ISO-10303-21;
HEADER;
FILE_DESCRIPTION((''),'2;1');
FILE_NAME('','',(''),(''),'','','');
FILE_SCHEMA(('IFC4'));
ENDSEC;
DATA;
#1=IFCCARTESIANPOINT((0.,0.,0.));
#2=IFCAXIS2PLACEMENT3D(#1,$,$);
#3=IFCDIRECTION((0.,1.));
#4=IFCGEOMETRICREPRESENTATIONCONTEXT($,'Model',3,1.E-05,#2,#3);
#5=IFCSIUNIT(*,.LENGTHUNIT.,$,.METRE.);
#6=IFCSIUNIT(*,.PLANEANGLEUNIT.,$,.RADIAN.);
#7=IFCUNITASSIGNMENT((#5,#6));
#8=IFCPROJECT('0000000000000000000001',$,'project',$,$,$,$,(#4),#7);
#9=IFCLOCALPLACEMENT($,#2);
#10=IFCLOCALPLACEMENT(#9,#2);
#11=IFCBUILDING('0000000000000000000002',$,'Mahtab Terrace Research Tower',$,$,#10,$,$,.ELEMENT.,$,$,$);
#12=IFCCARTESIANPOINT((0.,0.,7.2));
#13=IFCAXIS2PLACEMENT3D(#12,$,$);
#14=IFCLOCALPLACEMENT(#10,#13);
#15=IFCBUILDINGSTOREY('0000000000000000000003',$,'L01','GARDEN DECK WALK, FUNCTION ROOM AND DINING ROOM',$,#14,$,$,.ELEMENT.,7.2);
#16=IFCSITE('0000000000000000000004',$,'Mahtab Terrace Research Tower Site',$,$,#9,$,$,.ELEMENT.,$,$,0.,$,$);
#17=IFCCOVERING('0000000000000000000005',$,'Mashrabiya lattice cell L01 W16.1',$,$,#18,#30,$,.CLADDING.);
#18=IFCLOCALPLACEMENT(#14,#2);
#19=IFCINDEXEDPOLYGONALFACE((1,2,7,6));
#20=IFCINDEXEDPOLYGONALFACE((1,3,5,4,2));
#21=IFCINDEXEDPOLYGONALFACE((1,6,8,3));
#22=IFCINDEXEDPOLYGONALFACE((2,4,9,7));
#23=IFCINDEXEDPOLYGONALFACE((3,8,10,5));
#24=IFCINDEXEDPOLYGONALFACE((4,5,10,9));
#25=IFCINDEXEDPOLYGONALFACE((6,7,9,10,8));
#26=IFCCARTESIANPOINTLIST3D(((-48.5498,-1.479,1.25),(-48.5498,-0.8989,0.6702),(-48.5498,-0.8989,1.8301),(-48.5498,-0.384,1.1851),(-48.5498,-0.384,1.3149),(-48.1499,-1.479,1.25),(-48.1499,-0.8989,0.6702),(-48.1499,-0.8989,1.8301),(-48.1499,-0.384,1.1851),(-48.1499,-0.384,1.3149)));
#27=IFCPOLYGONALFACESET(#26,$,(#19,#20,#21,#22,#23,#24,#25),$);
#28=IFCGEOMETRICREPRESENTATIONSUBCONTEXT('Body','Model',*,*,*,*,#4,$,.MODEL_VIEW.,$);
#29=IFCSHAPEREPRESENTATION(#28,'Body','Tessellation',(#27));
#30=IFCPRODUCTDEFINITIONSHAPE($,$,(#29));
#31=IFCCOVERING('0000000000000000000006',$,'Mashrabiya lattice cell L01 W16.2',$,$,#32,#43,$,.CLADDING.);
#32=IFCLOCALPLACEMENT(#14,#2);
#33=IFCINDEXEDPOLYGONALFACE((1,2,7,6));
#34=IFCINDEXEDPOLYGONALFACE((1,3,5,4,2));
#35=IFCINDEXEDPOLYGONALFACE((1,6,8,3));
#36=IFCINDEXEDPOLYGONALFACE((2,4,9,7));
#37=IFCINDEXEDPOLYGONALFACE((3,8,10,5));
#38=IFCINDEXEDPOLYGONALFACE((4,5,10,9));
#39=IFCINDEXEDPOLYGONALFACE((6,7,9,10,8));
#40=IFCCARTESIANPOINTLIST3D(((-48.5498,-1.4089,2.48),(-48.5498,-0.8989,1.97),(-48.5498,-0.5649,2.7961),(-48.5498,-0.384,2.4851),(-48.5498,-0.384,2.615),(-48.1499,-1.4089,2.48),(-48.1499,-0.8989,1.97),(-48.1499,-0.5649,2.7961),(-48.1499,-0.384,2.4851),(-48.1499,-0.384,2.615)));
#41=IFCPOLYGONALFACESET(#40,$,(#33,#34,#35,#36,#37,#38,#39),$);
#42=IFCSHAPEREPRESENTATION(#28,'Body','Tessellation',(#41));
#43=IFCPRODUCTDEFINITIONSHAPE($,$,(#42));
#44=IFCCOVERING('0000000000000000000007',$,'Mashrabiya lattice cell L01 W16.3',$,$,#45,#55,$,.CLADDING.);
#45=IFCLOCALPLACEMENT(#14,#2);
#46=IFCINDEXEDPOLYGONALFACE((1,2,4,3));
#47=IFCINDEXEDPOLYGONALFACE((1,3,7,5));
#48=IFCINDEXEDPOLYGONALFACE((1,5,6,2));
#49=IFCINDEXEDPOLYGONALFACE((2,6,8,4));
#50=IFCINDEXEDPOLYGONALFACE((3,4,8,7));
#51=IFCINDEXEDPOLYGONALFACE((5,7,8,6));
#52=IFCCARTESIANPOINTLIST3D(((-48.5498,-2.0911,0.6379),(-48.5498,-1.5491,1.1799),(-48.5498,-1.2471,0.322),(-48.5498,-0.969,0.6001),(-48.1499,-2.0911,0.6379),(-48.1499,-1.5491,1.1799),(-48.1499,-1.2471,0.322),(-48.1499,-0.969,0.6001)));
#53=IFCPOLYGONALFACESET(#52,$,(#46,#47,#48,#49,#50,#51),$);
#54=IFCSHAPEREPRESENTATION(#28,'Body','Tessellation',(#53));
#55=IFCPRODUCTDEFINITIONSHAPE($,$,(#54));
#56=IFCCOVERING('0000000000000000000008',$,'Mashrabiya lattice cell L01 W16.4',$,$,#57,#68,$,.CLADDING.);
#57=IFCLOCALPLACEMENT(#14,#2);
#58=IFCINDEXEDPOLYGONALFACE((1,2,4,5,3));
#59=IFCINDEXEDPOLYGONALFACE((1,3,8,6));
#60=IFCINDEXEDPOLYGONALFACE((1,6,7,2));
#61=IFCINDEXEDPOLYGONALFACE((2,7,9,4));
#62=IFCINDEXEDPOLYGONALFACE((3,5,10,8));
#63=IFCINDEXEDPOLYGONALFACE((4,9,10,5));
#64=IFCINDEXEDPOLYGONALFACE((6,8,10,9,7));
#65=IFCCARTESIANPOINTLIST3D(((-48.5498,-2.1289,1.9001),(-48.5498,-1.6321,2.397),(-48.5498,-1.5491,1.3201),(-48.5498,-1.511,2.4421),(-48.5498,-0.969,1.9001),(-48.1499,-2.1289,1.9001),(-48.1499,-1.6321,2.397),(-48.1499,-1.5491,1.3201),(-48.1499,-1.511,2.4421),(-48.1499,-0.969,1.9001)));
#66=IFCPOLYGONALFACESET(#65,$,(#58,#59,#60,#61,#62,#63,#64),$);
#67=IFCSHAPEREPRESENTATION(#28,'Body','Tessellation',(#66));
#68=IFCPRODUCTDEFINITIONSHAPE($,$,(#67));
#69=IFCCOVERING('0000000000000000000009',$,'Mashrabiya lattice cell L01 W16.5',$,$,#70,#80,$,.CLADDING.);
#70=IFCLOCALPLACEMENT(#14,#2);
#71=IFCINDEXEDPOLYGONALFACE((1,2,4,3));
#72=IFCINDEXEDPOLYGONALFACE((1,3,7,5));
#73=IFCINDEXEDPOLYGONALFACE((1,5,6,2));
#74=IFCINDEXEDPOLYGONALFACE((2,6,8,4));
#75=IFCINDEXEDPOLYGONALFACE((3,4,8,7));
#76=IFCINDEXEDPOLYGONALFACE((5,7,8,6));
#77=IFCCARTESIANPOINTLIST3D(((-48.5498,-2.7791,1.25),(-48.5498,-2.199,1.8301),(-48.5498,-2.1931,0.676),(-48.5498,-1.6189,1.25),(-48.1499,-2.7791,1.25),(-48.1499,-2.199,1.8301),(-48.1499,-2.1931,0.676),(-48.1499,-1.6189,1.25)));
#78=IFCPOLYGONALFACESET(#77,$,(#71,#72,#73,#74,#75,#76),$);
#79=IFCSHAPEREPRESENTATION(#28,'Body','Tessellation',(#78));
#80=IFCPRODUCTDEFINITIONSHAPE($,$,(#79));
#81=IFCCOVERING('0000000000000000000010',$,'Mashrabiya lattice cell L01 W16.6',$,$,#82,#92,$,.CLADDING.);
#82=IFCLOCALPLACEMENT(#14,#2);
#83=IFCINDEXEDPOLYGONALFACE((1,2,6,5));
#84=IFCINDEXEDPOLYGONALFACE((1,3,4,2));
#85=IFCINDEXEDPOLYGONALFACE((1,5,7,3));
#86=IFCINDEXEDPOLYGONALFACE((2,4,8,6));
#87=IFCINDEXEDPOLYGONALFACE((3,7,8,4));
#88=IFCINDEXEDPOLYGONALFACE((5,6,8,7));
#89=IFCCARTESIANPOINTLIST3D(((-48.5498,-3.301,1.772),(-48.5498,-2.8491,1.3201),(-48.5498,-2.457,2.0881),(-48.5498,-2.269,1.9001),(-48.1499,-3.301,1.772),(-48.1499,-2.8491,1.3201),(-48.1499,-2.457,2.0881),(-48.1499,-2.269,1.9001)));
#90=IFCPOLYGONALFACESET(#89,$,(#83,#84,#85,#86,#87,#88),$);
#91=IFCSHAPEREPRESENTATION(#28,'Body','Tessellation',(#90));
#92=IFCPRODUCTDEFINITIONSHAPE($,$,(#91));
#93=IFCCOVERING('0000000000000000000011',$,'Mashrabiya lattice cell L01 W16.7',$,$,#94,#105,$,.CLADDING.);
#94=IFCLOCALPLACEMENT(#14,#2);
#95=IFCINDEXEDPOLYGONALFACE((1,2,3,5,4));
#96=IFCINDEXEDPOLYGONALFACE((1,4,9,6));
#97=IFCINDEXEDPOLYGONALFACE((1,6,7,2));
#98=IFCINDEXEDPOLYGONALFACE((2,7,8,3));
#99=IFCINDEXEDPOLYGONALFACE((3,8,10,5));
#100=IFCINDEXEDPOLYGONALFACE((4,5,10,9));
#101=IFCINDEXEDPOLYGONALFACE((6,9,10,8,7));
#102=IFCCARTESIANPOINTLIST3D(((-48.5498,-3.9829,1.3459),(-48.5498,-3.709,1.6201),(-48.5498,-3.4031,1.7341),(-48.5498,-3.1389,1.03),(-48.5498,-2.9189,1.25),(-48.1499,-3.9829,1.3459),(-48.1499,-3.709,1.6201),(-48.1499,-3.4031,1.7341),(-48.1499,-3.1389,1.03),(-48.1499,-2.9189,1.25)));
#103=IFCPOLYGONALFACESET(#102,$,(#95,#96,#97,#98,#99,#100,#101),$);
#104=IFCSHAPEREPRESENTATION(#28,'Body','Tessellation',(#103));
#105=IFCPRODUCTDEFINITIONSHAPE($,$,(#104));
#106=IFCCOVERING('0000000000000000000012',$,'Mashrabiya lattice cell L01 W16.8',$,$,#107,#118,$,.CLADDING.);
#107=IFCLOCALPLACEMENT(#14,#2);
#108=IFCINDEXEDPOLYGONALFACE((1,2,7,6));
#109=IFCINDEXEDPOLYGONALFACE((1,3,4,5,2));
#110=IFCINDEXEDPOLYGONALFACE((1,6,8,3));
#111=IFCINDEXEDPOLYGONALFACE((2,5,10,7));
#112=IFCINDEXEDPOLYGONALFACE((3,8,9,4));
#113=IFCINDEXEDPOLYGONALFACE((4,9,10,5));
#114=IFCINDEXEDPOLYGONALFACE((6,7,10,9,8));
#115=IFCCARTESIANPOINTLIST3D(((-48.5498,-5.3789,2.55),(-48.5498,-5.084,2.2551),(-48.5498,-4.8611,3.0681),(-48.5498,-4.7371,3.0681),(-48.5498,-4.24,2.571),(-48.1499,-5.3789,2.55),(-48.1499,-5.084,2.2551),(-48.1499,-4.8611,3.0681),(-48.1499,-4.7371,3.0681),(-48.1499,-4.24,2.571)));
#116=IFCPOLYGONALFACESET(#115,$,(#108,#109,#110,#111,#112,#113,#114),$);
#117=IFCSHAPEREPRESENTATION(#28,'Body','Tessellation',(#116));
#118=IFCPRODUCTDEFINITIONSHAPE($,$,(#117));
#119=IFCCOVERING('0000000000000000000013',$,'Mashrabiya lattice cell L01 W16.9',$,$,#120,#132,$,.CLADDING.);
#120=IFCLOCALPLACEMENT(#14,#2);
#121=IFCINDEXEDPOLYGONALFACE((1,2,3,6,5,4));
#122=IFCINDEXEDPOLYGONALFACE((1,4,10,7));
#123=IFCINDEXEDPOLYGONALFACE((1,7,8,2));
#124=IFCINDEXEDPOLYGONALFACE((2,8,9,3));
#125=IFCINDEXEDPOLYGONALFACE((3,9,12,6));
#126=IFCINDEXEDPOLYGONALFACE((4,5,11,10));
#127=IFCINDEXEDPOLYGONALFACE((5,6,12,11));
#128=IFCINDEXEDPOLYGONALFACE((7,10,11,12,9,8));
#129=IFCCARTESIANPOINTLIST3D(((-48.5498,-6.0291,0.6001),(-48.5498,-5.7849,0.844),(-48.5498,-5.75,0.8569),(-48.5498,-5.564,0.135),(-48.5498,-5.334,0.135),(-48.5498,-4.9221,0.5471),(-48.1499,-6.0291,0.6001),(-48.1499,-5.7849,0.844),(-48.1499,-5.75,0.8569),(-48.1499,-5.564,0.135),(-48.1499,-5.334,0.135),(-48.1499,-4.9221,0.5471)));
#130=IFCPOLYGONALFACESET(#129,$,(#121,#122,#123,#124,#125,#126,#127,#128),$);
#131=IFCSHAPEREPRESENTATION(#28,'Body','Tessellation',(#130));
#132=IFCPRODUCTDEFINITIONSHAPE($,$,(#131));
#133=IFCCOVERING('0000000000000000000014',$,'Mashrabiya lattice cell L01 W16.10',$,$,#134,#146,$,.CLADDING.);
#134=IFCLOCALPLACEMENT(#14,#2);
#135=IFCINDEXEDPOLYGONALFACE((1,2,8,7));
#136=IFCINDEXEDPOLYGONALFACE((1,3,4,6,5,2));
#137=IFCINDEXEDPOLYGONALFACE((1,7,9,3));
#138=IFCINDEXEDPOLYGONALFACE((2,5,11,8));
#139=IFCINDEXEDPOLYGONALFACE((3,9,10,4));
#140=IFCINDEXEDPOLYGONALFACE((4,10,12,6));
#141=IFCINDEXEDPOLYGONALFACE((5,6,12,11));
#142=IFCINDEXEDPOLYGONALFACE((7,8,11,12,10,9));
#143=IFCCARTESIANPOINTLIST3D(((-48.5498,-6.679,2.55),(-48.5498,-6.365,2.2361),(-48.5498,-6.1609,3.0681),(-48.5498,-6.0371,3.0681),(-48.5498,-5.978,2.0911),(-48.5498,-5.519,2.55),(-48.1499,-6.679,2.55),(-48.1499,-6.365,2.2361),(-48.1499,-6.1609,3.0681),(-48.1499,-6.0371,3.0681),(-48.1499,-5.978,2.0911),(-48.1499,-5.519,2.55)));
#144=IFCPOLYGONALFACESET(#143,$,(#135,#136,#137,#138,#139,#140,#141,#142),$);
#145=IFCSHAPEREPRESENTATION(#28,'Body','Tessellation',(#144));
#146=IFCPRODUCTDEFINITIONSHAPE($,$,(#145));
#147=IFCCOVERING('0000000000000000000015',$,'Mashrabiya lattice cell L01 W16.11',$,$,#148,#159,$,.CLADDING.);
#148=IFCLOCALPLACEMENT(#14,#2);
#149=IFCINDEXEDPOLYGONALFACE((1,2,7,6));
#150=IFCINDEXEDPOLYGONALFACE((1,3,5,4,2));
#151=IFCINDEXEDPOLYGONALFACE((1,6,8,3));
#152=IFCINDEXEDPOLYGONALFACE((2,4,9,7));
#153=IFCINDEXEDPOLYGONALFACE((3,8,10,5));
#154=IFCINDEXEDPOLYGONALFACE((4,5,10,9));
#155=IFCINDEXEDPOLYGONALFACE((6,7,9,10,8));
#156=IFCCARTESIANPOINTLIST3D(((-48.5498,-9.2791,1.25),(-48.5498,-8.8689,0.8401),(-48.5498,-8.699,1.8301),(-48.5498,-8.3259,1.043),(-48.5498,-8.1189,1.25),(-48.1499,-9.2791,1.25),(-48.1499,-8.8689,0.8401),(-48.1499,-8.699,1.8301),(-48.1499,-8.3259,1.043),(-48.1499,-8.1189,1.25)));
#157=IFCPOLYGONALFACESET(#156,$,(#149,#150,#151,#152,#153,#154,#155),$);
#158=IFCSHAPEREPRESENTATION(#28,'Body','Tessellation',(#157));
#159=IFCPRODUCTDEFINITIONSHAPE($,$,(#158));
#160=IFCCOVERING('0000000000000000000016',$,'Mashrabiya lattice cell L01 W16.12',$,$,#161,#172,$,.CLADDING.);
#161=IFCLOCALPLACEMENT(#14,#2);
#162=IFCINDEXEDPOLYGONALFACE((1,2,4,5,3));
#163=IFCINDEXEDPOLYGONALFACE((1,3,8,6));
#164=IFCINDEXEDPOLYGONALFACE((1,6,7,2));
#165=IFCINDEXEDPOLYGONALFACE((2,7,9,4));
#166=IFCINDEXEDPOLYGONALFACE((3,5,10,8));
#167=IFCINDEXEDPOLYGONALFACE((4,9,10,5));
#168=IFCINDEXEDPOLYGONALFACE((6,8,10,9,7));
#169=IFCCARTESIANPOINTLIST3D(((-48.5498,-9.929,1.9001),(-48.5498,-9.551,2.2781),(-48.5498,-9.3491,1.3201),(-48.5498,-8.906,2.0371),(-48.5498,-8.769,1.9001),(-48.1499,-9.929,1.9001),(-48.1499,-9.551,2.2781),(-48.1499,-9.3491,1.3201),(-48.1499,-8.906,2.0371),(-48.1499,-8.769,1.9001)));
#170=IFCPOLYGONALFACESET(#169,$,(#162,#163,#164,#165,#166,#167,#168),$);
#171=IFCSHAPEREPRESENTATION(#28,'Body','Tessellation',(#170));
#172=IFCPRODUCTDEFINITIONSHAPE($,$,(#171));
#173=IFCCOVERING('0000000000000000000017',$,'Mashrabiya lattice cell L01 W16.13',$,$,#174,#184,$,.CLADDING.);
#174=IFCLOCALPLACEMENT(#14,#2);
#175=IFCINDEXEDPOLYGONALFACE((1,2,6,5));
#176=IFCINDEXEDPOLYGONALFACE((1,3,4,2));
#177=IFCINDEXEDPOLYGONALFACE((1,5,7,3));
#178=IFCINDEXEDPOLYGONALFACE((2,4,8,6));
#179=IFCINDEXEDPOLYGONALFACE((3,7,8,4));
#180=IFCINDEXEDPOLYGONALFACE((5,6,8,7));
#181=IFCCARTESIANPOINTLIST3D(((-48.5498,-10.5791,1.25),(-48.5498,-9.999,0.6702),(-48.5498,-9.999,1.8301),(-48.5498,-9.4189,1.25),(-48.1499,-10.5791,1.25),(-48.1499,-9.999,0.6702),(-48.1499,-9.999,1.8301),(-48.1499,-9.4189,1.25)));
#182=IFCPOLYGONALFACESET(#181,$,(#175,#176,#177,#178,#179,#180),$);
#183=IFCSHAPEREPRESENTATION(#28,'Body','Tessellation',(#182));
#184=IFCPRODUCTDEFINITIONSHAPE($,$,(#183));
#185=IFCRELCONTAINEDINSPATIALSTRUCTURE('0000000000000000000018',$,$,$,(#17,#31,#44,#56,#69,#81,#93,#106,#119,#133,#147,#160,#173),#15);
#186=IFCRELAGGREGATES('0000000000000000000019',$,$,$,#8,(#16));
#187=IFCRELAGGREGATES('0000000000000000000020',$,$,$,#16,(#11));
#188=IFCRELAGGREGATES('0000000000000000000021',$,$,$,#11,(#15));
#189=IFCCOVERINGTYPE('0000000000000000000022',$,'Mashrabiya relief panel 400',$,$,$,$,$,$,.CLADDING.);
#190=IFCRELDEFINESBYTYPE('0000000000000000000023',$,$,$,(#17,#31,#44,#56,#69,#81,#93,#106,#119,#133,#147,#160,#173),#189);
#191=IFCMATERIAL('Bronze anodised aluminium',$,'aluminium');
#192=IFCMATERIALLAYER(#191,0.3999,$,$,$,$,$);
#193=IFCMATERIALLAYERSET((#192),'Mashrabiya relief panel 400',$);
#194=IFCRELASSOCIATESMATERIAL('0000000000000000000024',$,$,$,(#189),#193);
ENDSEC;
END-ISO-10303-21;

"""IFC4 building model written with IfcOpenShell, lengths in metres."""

from ifc_helpers import new_model, si_unit, direction, frame, origin, place, context, subcontext, project, spatial, polyline, outline, extrude, material, layer, layer_set, type_object, element, save


model = new_model("IFC4")

# Units and contexts
model_context = context("Model", 3, precision=1e-05, world=origin(), true_north=direction((0.0, 1.0)))
body_context = subcontext(model_context, "Body", "Model", "MODEL_VIEW")
ifc_project = project(units=[si_unit("LENGTHUNIT", "METRE"), si_unit("PLANEANGLEUNIT", "RADIAN")], contexts=[model_context])

# Site, building, storey
site_placement = place(None, origin())
site = spatial("IfcSite", under=ifc_project, at=site_placement, Name="Mahtab Terrace Research Tower Site", CompositionType="ELEMENT", RefElevation=0.0)
building_placement = place(site_placement, origin())
building = spatial("IfcBuilding", under=site, at=building_placement, Name="Mahtab Terrace Research Tower", CompositionType="ELEMENT")
storey_placement = place(building_placement, frame((0.0, 0.0, 7.2)))
storey = spatial("IfcBuildingStorey", under=building, at=storey_placement, Name="L01", Description="GARDEN DECK WALK, FUNCTION ROOM AND DINING ROOM", CompositionType="ELEMENT", Elevation=7.2)

# Coverings
ifc_material_1 = material(Name="Bronze anodised aluminium", Category="aluminium")
ifc_layer_1 = layer(ifc_material_1, 0.3999)
ifc_layer_set_1 = layer_set([ifc_layer_1], Name="Mashrabiya relief panel 400")
covering_type_1 = type_object("IfcCoveringType", Name="Mashrabiya relief panel 400", PredefinedType="CLADDING", material=ifc_layer_set_1)
covering_1_placement = place(storey_placement, frame((-48.1499, -0.8989, 1.8301), z_axis=(1.0, 0.0, 0.0), x_axis=(0.0, -0.707107, -0.707107)))
element("IfcCovering", 1, at=covering_1_placement, inside=storey, type_object=covering_type_1, Name="Mashrabiya lattice cell L01 W16.1", PredefinedType="CLADDING", context=body_context, shape_type="SweptSolid", body=[
    extrude(outline(polyline([(0.0, 0.0), (0.8204, 0.0), (0.8202, 0.8202), (0.092, 0.8202), (0.0002, 0.7283), (0.0, 0.0)])), origin(), (0.0, 0.0, -1.0), 0.3999),
])
covering_2_placement = place(storey_placement, frame((-48.1499, -0.8989, 1.97), z_axis=(1.0, 0.0, 0.0), x_axis=(0.0, 0.706939, 0.707274)))
element("IfcCovering", 2, at=covering_2_placement, inside=storey, type_object=covering_type_1, Name="Mashrabiya lattice cell L01 W16.2", PredefinedType="CLADDING", context=body_context, shape_type="SweptSolid", body=[
    extrude(outline(polyline([(0.0, 0.0), (0.7283, 0.0), (0.8202, 0.0918), (0.8204, 0.3478), (0.0002, 0.7213), (0.0, 0.0)])), origin(), (0.0, 0.0, -1.0), 0.3999),
])
covering_3_placement = place(storey_placement, frame((-48.1499, -0.969, 0.6001), z_axis=(1.0, 0.0, 0.0), x_axis=(0.0, -0.707256, 0.706958)))
element("IfcCovering", 3, at=covering_3_placement, inside=storey, type_object=covering_type_1, Name="Mashrabiya lattice cell L01 W16.3", PredefinedType="CLADDING", context=body_context, shape_type="SweptSolid", body=[
    extrude(outline(polyline([(0.0, 0.0), (0.8202, 0.0), (0.8203, 0.7665), (0.0001, 0.3933), (0.0, 0.0)])), origin(), (0.0, 0.0, -1.0), 0.3999),
])
covering_4_placement = place(storey_placement, frame((-48.1499, -2.1289, 1.9001), z_axis=(1.0, 0.0, 0.0), x_axis=(0.0, 0.706958, -0.707256)))
element("IfcCovering", 4, at=covering_4_placement, inside=storey, type_object=covering_type_1, Name="Mashrabiya lattice cell L01 W16.4", PredefinedType="CLADDING", context=body_context, shape_type="SweptSolid", body=[
    extrude(outline(polyline([(0.0, 0.0), (0.8202, 0.0), (0.82, 0.8204), (0.0535, 0.8202), (-0.0001, 0.7026), (0.0, 0.0)])), origin(), (0.0, 0.0, -1.0), 0.3999),
])
covering_5_placement = place(storey_placement, frame((-48.1499, -1.6189, 1.25), z_axis=(1.0, 0.0, 0.0), x_axis=(0.0, -0.707107, 0.707107)))
element("IfcCovering", 5, at=covering_5_placement, inside=storey, type_object=covering_type_1, Name="Mashrabiya lattice cell L01 W16.5", PredefinedType="CLADDING", context=body_context, shape_type="SweptSolid", body=[
    extrude(outline(polyline([(0.0, 0.0), (0.8204, 0.0), (0.8204, 0.8204), (0.0002, 0.8119), (0.0, 0.0)])), origin(), (0.0, 0.0, -1.0), 0.3999),
])
covering_6_placement = place(storey_placement, frame((-48.1499, -2.8491, 1.3201), z_axis=(1.0, 0.0, 0.0), x_axis=(0.0, 0.707107, 0.707107)))
element("IfcCovering", 6, at=covering_6_placement, inside=storey, type_object=covering_type_1, Name="Mashrabiya lattice cell L01 W16.6", PredefinedType="CLADDING", context=body_context, shape_type="SweptSolid", body=[
    extrude(outline(polyline([(0.0, 0.0), (0.8204, 0.0), (0.8204, 0.2659), (0.0, 0.6391), (0.0, 0.0)])), origin(), (0.0, 0.0, -1.0), 0.3999),
])
covering_7_placement = place(storey_placement, frame((-48.1499, -2.9189, 1.25), z_axis=(1.0, 0.0, 0.0), x_axis=(0.0, -0.707107, 0.707107)))
element("IfcCovering", 7, at=covering_7_placement, inside=storey, type_object=covering_type_1, Name="Mashrabiya lattice cell L01 W16.7", PredefinedType="CLADDING", context=body_context, shape_type="SweptSolid", body=[
    extrude(outline(polyline([(0.0, 0.0), (0.6847, 0.0), (0.8204, 0.2969), (0.8202, 0.6845), (0.0, 0.3111), (0.0, 0.0)])), origin(), (0.0, 0.0, -1.0), 0.3999),
])
covering_8_placement = place(storey_placement, frame((-48.1499, -5.3789, 2.55), z_axis=(1.0, 0.0, 0.0), x_axis=(0.0, 0.707107, -0.707107)))
element("IfcCovering", 8, at=covering_8_placement, inside=storey, type_object=covering_type_1, Name="Mashrabiya lattice cell L01 W16.8", PredefinedType="CLADDING", context=body_context, shape_type="SweptSolid", body=[
    extrude(outline(polyline([(0.0, 0.0), (0.4171, 0.0), (0.7905, 0.8202), (0.0875, 0.8202), (-0.0002, 0.7325), (0.0, 0.0)])), origin(), (0.0, 0.0, -1.0), 0.3999),
])
covering_9_placement = place(storey_placement, frame((-48.1499, -4.9221, 0.5471), z_axis=(1.0, 0.0, 0.0), x_axis=(0.0, -0.936567, 0.350488)))
element("IfcCovering", 9, at=covering_9_placement, inside=storey, type_object=covering_type_1, Name="Mashrabiya lattice cell L01 W16.9", PredefinedType="CLADDING", context=body_context, shape_type="SweptSolid", body=[
    extrude(outline(polyline([(0.0, 0.0), (0.884, 0.0), (0.9121, 0.0244), (1.0553, 0.3383), (0.4567, 0.6109), (0.2413, 0.5303), (0.0, 0.0)])), origin(), (0.0, 0.0, -1.0), 0.3999),
])
covering_10_placement = place(storey_placement, frame((-48.1499, -5.519, 2.55), z_axis=(1.0, 0.0, 0.0), x_axis=(0.0, -0.707107, 0.707107)))
element("IfcCovering", 10, at=covering_10_placement, inside=storey, type_object=covering_type_1, Name="Mashrabiya lattice cell L01 W16.10", PredefinedType="CLADDING", context=body_context, shape_type="SweptSolid", body=[
    extrude(outline(polyline([(0.0, 0.0), (0.7327, 0.0), (0.8202, 0.0875), (0.8202, 0.8202), (0.3762, 0.8202), (0.0, 0.6491), (0.0, 0.0)])), origin(), (0.0, 0.0, -1.0), 0.3999),
])
covering_11_placement = place(storey_placement, frame((-48.1499, -8.1189, 1.25), z_axis=(1.0, 0.0, 0.0), x_axis=(0.0, -0.707107, 0.707107)))
element("IfcCovering", 11, at=covering_11_placement, inside=storey, type_object=covering_type_1, Name="Mashrabiya lattice cell L01 W16.11", PredefinedType="CLADDING", context=body_context, shape_type="SweptSolid", body=[
    extrude(outline(polyline([(0.0, 0.0), (0.8204, 0.0), (0.8204, 0.8204), (0.2405, 0.8202), (0.0, 0.2928), (0.0, 0.0)])), origin(), (0.0, 0.0, -1.0), 0.3999),
])
covering_12_placement = place(storey_placement, frame((-48.1499, -9.929, 1.9001), z_axis=(1.0, 0.0, 0.0), x_axis=(0.0, 0.706958, -0.707256)))
element("IfcCovering", 12, at=covering_12_placement, inside=storey, type_object=covering_type_1, Name="Mashrabiya lattice cell L01 W16.12", PredefinedType="CLADDING", context=body_context, shape_type="SweptSolid", body=[
    extrude(outline(polyline([(0.0, 0.0), (0.8202, 0.0), (0.82, 0.8204), (0.6263, 0.8203), (-0.0001, 0.5345), (0.0, 0.0)])), origin(), (0.0, 0.0, -1.0), 0.3999),
])
covering_13_placement = place(storey_placement, frame((-48.1499, -9.999, 1.8301), z_axis=(1.0, 0.0, 0.0), x_axis=(0.0, -0.707107, -0.707107)))
element("IfcCovering", 13, at=covering_13_placement, inside=storey, type_object=covering_type_1, Name="Mashrabiya lattice cell L01 W16.13", PredefinedType="CLADDING", context=body_context, shape_type="SweptSolid", body=[
    extrude(outline(polyline([(0.0, 0.0), (0.8204, 0.0), (0.8202, 0.8202), (0.0, 0.8204), (0.0, 0.0)])), origin(), (0.0, 0.0, -1.0), 0.3999),
])

save(model, "model.ifc")
